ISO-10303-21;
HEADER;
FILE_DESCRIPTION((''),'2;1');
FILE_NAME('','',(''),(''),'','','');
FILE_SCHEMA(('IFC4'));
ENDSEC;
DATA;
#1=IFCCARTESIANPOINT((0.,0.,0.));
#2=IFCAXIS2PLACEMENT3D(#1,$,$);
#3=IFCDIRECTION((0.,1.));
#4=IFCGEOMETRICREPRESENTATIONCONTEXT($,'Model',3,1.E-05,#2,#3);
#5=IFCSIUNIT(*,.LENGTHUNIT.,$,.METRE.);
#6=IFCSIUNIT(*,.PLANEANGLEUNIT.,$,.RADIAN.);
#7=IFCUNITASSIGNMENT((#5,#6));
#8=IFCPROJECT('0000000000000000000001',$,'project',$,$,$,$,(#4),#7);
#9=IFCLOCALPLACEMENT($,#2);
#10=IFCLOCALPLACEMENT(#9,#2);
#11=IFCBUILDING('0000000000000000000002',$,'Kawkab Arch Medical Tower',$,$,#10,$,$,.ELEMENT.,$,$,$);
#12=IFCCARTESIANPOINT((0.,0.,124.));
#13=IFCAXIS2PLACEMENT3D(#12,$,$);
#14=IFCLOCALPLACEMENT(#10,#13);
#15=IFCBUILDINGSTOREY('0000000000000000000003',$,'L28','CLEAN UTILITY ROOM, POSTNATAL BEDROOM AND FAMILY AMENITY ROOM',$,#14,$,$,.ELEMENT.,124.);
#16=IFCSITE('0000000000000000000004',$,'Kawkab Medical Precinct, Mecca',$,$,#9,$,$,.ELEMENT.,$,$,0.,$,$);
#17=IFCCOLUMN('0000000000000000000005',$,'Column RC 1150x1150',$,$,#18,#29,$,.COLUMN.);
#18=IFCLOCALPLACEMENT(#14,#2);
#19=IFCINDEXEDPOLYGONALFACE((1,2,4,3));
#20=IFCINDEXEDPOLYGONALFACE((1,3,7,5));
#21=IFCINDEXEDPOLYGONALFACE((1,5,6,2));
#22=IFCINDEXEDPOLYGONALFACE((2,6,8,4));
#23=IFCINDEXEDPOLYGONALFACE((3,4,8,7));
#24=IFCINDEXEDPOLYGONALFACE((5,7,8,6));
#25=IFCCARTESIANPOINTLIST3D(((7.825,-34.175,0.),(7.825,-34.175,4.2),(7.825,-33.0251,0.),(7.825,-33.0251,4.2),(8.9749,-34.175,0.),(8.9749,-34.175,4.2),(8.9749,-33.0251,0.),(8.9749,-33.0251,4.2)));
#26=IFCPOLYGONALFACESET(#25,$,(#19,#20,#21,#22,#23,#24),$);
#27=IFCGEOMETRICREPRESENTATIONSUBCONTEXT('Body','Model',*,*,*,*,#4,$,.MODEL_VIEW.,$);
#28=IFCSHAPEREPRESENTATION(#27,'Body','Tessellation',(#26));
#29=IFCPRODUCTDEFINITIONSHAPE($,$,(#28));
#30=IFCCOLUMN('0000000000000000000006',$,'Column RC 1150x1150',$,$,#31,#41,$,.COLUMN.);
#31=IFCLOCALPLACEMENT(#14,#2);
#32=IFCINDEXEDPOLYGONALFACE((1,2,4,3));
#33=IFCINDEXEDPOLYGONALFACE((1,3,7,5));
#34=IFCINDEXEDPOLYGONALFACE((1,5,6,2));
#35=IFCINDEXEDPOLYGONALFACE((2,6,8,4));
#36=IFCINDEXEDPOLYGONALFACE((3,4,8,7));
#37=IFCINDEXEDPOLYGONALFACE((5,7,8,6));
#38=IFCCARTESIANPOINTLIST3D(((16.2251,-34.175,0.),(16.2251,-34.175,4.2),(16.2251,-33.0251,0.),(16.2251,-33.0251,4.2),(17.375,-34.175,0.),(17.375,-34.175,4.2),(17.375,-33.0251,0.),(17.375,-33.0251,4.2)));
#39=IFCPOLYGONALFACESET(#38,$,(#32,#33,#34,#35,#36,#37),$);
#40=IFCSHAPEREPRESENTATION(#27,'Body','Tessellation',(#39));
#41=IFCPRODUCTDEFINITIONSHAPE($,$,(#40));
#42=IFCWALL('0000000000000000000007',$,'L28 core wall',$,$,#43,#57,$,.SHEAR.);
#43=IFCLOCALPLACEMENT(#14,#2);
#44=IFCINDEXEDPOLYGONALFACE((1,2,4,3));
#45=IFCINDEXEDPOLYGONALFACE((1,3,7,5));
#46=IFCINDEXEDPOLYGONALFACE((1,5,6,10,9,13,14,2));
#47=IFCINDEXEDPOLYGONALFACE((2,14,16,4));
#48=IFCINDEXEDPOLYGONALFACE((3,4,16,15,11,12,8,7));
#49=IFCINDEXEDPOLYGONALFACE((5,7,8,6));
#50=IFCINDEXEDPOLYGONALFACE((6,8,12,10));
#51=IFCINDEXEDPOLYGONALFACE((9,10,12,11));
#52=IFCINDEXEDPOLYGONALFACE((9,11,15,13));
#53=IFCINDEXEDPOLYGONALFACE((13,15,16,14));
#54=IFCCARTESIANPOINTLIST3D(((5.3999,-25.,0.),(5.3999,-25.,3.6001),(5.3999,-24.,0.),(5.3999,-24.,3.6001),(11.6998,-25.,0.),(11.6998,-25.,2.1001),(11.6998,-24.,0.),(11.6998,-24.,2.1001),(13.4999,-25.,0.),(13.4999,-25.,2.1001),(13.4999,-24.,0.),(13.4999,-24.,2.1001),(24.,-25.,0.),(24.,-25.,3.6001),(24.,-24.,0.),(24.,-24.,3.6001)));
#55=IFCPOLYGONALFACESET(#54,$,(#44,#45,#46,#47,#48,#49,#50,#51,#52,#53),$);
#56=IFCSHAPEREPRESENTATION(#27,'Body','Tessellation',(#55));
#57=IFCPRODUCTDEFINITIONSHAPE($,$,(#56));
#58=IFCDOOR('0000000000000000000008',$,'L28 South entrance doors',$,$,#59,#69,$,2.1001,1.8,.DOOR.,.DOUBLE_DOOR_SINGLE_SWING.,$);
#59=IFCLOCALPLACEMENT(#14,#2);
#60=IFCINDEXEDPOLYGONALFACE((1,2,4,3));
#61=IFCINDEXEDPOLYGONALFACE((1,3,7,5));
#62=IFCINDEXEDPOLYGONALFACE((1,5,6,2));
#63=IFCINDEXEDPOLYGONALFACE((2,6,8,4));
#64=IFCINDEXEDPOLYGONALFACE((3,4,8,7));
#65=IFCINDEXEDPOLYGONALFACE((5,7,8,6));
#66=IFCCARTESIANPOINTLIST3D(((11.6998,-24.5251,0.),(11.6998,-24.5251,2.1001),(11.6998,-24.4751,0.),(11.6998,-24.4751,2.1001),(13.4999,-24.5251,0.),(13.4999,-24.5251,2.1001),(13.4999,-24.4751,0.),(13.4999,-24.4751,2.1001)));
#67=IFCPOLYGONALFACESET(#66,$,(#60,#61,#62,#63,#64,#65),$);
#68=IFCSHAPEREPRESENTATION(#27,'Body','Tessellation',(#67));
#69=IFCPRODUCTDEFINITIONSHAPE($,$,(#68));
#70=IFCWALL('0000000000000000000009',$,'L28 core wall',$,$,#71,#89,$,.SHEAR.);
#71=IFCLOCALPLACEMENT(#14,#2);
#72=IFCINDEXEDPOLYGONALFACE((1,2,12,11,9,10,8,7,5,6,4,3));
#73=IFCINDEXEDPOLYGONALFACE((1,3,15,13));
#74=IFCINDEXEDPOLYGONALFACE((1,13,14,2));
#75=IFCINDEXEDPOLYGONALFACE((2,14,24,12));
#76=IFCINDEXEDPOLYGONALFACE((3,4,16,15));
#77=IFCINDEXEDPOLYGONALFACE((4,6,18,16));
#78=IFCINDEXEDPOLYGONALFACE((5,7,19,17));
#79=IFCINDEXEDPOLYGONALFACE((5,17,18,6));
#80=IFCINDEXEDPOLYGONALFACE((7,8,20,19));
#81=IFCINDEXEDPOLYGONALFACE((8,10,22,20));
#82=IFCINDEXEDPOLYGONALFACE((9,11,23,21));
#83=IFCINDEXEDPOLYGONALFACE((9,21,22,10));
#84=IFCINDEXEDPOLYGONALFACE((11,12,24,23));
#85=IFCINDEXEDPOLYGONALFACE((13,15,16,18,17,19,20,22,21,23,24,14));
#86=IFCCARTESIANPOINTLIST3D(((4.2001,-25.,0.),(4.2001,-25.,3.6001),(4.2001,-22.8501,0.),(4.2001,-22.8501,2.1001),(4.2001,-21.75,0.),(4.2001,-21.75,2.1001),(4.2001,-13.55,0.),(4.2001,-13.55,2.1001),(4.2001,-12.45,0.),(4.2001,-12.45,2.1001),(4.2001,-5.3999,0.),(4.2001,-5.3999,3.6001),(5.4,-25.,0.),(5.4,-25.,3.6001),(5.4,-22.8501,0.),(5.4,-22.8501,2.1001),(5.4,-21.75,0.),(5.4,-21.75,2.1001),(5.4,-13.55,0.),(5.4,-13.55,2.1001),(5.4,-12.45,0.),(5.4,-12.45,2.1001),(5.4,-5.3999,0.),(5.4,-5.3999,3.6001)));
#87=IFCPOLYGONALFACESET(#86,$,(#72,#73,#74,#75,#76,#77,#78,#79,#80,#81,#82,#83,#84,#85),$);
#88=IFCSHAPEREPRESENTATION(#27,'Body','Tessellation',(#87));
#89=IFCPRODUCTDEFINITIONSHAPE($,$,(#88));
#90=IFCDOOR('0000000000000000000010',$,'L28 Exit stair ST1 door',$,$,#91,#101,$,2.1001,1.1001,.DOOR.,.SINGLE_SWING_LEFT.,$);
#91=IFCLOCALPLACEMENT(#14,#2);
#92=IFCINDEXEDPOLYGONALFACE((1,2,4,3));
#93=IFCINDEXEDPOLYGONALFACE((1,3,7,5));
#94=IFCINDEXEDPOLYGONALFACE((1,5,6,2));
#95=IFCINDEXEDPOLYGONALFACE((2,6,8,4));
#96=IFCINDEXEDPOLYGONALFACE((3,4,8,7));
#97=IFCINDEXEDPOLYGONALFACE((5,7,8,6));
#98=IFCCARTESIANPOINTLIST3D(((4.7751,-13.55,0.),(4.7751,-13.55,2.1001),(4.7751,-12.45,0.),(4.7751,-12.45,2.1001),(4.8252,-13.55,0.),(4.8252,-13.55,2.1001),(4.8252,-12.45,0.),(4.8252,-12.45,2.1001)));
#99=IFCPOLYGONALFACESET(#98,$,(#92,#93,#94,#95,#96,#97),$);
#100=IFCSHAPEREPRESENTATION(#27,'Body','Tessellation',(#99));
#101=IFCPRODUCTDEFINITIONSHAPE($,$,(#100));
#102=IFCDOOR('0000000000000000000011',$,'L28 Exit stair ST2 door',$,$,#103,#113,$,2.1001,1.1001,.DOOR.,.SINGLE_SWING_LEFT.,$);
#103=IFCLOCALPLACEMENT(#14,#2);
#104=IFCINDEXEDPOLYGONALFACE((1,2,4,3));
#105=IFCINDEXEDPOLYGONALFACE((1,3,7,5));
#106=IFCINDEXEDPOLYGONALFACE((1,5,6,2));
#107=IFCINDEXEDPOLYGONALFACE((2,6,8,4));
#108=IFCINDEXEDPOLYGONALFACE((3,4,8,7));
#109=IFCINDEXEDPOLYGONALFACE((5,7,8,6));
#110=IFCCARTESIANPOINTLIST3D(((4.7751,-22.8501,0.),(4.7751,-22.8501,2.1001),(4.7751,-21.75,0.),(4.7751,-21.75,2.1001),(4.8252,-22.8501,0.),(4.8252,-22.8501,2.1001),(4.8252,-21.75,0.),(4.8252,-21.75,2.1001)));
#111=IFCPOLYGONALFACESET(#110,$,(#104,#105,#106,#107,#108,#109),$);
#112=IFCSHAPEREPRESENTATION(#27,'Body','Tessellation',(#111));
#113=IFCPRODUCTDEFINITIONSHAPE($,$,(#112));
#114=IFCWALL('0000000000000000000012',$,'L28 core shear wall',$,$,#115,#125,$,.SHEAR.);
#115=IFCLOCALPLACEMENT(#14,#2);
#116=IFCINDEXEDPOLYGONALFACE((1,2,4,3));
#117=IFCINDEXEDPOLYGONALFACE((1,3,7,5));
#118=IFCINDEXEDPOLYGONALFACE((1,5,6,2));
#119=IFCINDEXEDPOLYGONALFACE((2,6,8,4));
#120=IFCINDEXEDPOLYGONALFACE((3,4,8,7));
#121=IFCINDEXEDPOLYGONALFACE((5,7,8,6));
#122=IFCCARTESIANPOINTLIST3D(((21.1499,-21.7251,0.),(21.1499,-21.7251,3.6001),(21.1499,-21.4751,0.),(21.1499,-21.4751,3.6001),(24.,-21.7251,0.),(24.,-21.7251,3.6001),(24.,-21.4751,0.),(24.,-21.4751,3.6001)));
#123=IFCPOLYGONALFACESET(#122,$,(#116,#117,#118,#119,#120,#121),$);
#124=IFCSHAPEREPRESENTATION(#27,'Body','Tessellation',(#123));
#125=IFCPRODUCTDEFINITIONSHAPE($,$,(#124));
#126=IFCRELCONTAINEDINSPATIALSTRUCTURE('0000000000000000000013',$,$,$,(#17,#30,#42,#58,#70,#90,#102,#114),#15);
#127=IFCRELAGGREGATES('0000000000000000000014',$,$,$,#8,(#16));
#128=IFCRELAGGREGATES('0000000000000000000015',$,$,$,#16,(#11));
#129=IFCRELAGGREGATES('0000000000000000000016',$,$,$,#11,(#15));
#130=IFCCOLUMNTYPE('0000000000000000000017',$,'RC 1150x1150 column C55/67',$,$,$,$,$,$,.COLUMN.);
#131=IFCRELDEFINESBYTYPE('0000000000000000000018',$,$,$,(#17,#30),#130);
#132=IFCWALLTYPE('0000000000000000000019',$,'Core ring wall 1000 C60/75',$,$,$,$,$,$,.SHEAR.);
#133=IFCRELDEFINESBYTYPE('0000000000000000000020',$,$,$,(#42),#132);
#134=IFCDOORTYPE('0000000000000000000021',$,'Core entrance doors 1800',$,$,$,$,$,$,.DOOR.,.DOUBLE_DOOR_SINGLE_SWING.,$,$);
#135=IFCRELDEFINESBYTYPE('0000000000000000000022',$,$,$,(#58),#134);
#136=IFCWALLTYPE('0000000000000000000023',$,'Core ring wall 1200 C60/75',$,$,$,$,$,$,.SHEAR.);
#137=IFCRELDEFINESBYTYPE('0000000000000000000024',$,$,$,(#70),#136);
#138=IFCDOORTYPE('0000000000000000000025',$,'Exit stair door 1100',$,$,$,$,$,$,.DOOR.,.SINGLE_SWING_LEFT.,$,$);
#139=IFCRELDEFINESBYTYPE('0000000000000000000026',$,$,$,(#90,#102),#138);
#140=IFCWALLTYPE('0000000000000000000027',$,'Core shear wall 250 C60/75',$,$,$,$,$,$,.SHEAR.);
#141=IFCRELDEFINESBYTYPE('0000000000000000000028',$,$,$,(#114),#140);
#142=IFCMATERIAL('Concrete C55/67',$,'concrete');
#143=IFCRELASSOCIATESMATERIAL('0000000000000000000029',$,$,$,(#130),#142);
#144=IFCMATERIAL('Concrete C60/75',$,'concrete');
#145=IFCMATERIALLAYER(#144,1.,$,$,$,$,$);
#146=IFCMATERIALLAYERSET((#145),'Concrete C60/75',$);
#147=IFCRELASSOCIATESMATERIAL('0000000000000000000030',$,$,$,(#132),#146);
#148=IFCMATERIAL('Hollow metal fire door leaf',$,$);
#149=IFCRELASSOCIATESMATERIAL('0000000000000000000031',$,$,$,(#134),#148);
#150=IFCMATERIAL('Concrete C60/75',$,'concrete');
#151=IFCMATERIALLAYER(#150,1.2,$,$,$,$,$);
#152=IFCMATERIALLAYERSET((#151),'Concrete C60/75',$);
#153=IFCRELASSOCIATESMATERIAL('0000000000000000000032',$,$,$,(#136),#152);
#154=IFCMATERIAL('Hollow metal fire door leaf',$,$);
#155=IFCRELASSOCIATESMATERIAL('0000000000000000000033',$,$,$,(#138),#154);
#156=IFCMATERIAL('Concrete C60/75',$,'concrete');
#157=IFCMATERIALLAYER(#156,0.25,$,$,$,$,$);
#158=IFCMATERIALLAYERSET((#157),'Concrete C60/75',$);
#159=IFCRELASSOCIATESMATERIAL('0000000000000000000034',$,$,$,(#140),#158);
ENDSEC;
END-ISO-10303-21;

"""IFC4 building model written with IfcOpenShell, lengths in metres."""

from ifc_helpers import new_model, si_unit, direction, frame, frame_2d, origin, origin_2d, place, context, subcontext, project, spatial, rectangle, extrude, material, layer, layer_set, material_profile, profile_set, type_object, element, fill, save


model = new_model("IFC4")

# Units and contexts
model_context = context("Model", 3, precision=1e-05, world=origin(), true_north=direction((0.0, 1.0)))
body_context = subcontext(model_context, "Body", "Model", "MODEL_VIEW")
ifc_project = project(units=[si_unit("LENGTHUNIT", "METRE"), si_unit("PLANEANGLEUNIT", "RADIAN")], contexts=[model_context])

# Site, building, storey
site_placement = place(None, origin())
site = spatial("IfcSite", under=ifc_project, at=site_placement, Name="Kawkab Medical Precinct, Mecca", CompositionType="ELEMENT", RefElevation=0.0)
building_placement = place(site_placement, origin())
building = spatial("IfcBuilding", under=site, at=building_placement, Name="Kawkab Arch Medical Tower", CompositionType="ELEMENT")
storey_placement = place(building_placement, frame((0.0, 0.0, 124.0)))
storey = spatial("IfcBuildingStorey", under=building, at=storey_placement, Name="L28", Description="CLEAN UTILITY ROOM, POSTNATAL BEDROOM AND FAMILY AMENITY ROOM", CompositionType="ELEMENT", Elevation=124.0)

# Columns
ifc_material_1 = material(Name="Concrete C55/67", Category="concrete")
ifc_material_profile = material_profile(ifc_material_1, rectangle(XDim=1.1499, YDim=1.1499, at=origin_2d()), Name="RC 1150x1150")
ifc_profile_set = profile_set([ifc_material_profile], Name="Concrete C55/67")
column_type = type_object("IfcColumnType", Name="RC 1150x1150 column C55/67", PredefinedType="COLUMN", material=ifc_profile_set)
for number, where, z_axis, x_axis, name in (
    (1, (8.3999, -33.6001, 0.0), (0.0, 0.0, 1.0), (1.0, 0.0, 0.0), "Column RC 1150x1150"),
    (2, (16.8, -33.6001, 0.0), (0.0, 0.0, 1.0), (1.0, 0.0, 0.0), "Column RC 1150x1150"),
):
    element("IfcColumn", number, at=place(storey_placement, frame(where, z_axis=z_axis, x_axis=x_axis)), inside=storey, type_object=column_type, Name=name, PredefinedType="COLUMN", context=body_context, shape_type="SweptSolid", body=[
        extrude(rectangle(XDim=1.1499, YDim=1.1499, at=origin_2d()), origin(), (0.0, 0.0, 1.0), 4.2),
    ])

# Wall, opening, door
ifc_material_2 = material(Name="Concrete C60/75", Category="concrete")
ifc_layer_1 = layer(ifc_material_2, 1.0)
ifc_layer_set_1 = layer_set([ifc_layer_1], Name="Concrete C60/75")
wall_type_1 = type_object("IfcWallType", Name="Core ring wall 1000 C60/75", PredefinedType="SHEAR", material=ifc_layer_set_1)
wall_1_placement = place(storey_placement, frame((5.3999, -24.5, 0.0), z_axis=(0.0, 0.0, 1.0), x_axis=(1.0, 0.0, 0.0)))
wall_1 = element("IfcWall", 3, at=wall_1_placement, inside=storey, type_object=wall_type_1, Name="L28 core wall", PredefinedType="SHEAR", context=body_context, shape_type="SweptSolid", body=[
    extrude(rectangle(XDim=18.6001, YDim=1.0, at=frame_2d((9.3, 0.0))), origin(), (0.0, 0.0, 1.0), 3.6001),
])
opening_1_placement = place(wall_1_placement, frame((6.3, 0.0, 0.0)))
opening_1 = element("IfcOpeningElement", 4, at=opening_1_placement, cuts=wall_1, PredefinedType="OPENING", context=body_context, shape_type="SweptSolid", body=[
    extrude(rectangle(XDim=1.8, YDim=2.1001, at=frame_2d((0.8999, 1.05))), frame((0.0, 0.51, 0.0), z_axis=(0.0, -1.0, 0.0), x_axis=(1.0, 0.0, 0.0)), (0.0, 0.0, 1.0), 1.02),
])
ifc_material_3 = material(Name="Hollow metal fire door leaf")
door_type_1 = type_object("IfcDoorType", Name="Core entrance doors 1800", OperationType="DOUBLE_DOOR_SINGLE_SWING", PredefinedType="DOOR", material=ifc_material_3)
door_1_placement = place(opening_1_placement, origin())
door_1 = element("IfcDoor", 5, at=door_1_placement, inside=storey, type_object=door_type_1, Name="L28 South entrance doors", OperationType="DOUBLE_DOOR_SINGLE_SWING", OverallHeight=2.1001, OverallWidth=1.8, PredefinedType="DOOR", context=body_context, shape_type="SweptSolid", body=[
    extrude(rectangle(XDim=1.8, YDim=2.1001, at=frame_2d((0.8999, 1.05))), frame((0.0, 0.0249, 0.0), z_axis=(0.0, -1.0, 0.0), x_axis=(1.0, 0.0, 0.0)), (0.0, 0.0, 1.0), 0.05),
])
fill(opening_1, door_1)

# Wall, openings, doors
ifc_material_4 = material(Name="Concrete C60/75", Category="concrete")
ifc_layer_2 = layer(ifc_material_4, 1.2)
ifc_layer_set_2 = layer_set([ifc_layer_2], Name="Concrete C60/75")
wall_type_2 = type_object("IfcWallType", Name="Core ring wall 1200 C60/75", PredefinedType="SHEAR", material=ifc_layer_set_2)
wall_2_placement = place(storey_placement, frame((4.8, -25.0, 0.0), z_axis=(0.0, 0.0, 1.0), x_axis=(0.0, 1.0, 0.0)))
wall_2 = element("IfcWall", 6, at=wall_2_placement, inside=storey, type_object=wall_type_2, Name="L28 core wall", PredefinedType="SHEAR", context=body_context, shape_type="SweptSolid", body=[
    extrude(rectangle(XDim=19.6001, YDim=1.2, at=frame_2d((9.8, 0.0))), origin(), (0.0, 0.0, 1.0), 3.6001),
])
opening_2_placement = place(wall_2_placement, frame((11.45, 0.0, 0.0)))
opening_2 = element("IfcOpeningElement", 7, at=opening_2_placement, cuts=wall_2, PredefinedType="OPENING", context=body_context, shape_type="SweptSolid", body=[
    extrude(rectangle(XDim=1.1001, YDim=2.1001, at=frame_2d((0.55, 1.05))), frame((0.0, 0.6099, 0.0), z_axis=(0.0, -1.0, 0.0), x_axis=(1.0, 0.0, 0.0)), (0.0, 0.0, 1.0), 1.22),
])
opening_3_placement = place(wall_2_placement, frame((2.1499, 0.0, 0.0)))
opening_3 = element("IfcOpeningElement", 8, at=opening_3_placement, cuts=wall_2, PredefinedType="OPENING", context=body_context, shape_type="SweptSolid", body=[
    extrude(rectangle(XDim=1.1001, YDim=2.1001, at=frame_2d((0.55, 1.05))), frame((0.0, 0.6099, 0.0), z_axis=(0.0, -1.0, 0.0), x_axis=(1.0, 0.0, 0.0)), (0.0, 0.0, 1.0), 1.22),
])
ifc_material_5 = material(Name="Hollow metal fire door leaf")
door_type_2 = type_object("IfcDoorType", Name="Exit stair door 1100", OperationType="SINGLE_SWING_LEFT", PredefinedType="DOOR", material=ifc_material_5)
door_2_placement = place(opening_2_placement, origin())
door_2 = element("IfcDoor", 9, at=door_2_placement, inside=storey, type_object=door_type_2, Name="L28 Exit stair ST1 door", OperationType="SINGLE_SWING_LEFT", OverallHeight=2.1001, OverallWidth=1.1001, PredefinedType="DOOR", context=body_context, shape_type="SweptSolid", body=[
    extrude(rectangle(XDim=1.1001, YDim=2.1001, at=frame_2d((0.55, 1.05))), frame((0.0, 0.0249, 0.0), z_axis=(0.0, -1.0, 0.0), x_axis=(1.0, 0.0, 0.0)), (0.0, 0.0, 1.0), 0.05),
])
fill(opening_2, door_2)
door_3_placement = place(opening_3_placement, origin())
door_3 = element("IfcDoor", 10, at=door_3_placement, inside=storey, type_object=door_type_2, Name="L28 Exit stair ST2 door", OperationType="SINGLE_SWING_LEFT", OverallHeight=2.1001, OverallWidth=1.1001, PredefinedType="DOOR", context=body_context, shape_type="SweptSolid", body=[
    extrude(rectangle(XDim=1.1001, YDim=2.1001, at=frame_2d((0.55, 1.05))), frame((0.0, 0.0249, 0.0), z_axis=(0.0, -1.0, 0.0), x_axis=(1.0, 0.0, 0.0)), (0.0, 0.0, 1.0), 0.05),
])
fill(opening_3, door_3)

# Wall
ifc_material_6 = material(Name="Concrete C60/75", Category="concrete")
ifc_layer_3 = layer(ifc_material_6, 0.25)
ifc_layer_set_3 = layer_set([ifc_layer_3], Name="Concrete C60/75")
wall_type_3 = type_object("IfcWallType", Name="Core shear wall 250 C60/75", PredefinedType="SHEAR", material=ifc_layer_set_3)
wall_3_placement = place(storey_placement, frame((21.1499, -21.6001, 0.0), z_axis=(0.0, 0.0, 1.0), x_axis=(1.0, 0.0, 0.0)))
element("IfcWall", 11, at=wall_3_placement, inside=storey, type_object=wall_type_3, Name="L28 core shear wall", PredefinedType="SHEAR", context=body_context, shape_type="SweptSolid", body=[
    extrude(rectangle(XDim=2.8501, YDim=0.25, at=frame_2d((1.425, 0.0))), origin(), (0.0, 0.0, 1.0), 3.6001),
])

save(model, "model.ifc")
